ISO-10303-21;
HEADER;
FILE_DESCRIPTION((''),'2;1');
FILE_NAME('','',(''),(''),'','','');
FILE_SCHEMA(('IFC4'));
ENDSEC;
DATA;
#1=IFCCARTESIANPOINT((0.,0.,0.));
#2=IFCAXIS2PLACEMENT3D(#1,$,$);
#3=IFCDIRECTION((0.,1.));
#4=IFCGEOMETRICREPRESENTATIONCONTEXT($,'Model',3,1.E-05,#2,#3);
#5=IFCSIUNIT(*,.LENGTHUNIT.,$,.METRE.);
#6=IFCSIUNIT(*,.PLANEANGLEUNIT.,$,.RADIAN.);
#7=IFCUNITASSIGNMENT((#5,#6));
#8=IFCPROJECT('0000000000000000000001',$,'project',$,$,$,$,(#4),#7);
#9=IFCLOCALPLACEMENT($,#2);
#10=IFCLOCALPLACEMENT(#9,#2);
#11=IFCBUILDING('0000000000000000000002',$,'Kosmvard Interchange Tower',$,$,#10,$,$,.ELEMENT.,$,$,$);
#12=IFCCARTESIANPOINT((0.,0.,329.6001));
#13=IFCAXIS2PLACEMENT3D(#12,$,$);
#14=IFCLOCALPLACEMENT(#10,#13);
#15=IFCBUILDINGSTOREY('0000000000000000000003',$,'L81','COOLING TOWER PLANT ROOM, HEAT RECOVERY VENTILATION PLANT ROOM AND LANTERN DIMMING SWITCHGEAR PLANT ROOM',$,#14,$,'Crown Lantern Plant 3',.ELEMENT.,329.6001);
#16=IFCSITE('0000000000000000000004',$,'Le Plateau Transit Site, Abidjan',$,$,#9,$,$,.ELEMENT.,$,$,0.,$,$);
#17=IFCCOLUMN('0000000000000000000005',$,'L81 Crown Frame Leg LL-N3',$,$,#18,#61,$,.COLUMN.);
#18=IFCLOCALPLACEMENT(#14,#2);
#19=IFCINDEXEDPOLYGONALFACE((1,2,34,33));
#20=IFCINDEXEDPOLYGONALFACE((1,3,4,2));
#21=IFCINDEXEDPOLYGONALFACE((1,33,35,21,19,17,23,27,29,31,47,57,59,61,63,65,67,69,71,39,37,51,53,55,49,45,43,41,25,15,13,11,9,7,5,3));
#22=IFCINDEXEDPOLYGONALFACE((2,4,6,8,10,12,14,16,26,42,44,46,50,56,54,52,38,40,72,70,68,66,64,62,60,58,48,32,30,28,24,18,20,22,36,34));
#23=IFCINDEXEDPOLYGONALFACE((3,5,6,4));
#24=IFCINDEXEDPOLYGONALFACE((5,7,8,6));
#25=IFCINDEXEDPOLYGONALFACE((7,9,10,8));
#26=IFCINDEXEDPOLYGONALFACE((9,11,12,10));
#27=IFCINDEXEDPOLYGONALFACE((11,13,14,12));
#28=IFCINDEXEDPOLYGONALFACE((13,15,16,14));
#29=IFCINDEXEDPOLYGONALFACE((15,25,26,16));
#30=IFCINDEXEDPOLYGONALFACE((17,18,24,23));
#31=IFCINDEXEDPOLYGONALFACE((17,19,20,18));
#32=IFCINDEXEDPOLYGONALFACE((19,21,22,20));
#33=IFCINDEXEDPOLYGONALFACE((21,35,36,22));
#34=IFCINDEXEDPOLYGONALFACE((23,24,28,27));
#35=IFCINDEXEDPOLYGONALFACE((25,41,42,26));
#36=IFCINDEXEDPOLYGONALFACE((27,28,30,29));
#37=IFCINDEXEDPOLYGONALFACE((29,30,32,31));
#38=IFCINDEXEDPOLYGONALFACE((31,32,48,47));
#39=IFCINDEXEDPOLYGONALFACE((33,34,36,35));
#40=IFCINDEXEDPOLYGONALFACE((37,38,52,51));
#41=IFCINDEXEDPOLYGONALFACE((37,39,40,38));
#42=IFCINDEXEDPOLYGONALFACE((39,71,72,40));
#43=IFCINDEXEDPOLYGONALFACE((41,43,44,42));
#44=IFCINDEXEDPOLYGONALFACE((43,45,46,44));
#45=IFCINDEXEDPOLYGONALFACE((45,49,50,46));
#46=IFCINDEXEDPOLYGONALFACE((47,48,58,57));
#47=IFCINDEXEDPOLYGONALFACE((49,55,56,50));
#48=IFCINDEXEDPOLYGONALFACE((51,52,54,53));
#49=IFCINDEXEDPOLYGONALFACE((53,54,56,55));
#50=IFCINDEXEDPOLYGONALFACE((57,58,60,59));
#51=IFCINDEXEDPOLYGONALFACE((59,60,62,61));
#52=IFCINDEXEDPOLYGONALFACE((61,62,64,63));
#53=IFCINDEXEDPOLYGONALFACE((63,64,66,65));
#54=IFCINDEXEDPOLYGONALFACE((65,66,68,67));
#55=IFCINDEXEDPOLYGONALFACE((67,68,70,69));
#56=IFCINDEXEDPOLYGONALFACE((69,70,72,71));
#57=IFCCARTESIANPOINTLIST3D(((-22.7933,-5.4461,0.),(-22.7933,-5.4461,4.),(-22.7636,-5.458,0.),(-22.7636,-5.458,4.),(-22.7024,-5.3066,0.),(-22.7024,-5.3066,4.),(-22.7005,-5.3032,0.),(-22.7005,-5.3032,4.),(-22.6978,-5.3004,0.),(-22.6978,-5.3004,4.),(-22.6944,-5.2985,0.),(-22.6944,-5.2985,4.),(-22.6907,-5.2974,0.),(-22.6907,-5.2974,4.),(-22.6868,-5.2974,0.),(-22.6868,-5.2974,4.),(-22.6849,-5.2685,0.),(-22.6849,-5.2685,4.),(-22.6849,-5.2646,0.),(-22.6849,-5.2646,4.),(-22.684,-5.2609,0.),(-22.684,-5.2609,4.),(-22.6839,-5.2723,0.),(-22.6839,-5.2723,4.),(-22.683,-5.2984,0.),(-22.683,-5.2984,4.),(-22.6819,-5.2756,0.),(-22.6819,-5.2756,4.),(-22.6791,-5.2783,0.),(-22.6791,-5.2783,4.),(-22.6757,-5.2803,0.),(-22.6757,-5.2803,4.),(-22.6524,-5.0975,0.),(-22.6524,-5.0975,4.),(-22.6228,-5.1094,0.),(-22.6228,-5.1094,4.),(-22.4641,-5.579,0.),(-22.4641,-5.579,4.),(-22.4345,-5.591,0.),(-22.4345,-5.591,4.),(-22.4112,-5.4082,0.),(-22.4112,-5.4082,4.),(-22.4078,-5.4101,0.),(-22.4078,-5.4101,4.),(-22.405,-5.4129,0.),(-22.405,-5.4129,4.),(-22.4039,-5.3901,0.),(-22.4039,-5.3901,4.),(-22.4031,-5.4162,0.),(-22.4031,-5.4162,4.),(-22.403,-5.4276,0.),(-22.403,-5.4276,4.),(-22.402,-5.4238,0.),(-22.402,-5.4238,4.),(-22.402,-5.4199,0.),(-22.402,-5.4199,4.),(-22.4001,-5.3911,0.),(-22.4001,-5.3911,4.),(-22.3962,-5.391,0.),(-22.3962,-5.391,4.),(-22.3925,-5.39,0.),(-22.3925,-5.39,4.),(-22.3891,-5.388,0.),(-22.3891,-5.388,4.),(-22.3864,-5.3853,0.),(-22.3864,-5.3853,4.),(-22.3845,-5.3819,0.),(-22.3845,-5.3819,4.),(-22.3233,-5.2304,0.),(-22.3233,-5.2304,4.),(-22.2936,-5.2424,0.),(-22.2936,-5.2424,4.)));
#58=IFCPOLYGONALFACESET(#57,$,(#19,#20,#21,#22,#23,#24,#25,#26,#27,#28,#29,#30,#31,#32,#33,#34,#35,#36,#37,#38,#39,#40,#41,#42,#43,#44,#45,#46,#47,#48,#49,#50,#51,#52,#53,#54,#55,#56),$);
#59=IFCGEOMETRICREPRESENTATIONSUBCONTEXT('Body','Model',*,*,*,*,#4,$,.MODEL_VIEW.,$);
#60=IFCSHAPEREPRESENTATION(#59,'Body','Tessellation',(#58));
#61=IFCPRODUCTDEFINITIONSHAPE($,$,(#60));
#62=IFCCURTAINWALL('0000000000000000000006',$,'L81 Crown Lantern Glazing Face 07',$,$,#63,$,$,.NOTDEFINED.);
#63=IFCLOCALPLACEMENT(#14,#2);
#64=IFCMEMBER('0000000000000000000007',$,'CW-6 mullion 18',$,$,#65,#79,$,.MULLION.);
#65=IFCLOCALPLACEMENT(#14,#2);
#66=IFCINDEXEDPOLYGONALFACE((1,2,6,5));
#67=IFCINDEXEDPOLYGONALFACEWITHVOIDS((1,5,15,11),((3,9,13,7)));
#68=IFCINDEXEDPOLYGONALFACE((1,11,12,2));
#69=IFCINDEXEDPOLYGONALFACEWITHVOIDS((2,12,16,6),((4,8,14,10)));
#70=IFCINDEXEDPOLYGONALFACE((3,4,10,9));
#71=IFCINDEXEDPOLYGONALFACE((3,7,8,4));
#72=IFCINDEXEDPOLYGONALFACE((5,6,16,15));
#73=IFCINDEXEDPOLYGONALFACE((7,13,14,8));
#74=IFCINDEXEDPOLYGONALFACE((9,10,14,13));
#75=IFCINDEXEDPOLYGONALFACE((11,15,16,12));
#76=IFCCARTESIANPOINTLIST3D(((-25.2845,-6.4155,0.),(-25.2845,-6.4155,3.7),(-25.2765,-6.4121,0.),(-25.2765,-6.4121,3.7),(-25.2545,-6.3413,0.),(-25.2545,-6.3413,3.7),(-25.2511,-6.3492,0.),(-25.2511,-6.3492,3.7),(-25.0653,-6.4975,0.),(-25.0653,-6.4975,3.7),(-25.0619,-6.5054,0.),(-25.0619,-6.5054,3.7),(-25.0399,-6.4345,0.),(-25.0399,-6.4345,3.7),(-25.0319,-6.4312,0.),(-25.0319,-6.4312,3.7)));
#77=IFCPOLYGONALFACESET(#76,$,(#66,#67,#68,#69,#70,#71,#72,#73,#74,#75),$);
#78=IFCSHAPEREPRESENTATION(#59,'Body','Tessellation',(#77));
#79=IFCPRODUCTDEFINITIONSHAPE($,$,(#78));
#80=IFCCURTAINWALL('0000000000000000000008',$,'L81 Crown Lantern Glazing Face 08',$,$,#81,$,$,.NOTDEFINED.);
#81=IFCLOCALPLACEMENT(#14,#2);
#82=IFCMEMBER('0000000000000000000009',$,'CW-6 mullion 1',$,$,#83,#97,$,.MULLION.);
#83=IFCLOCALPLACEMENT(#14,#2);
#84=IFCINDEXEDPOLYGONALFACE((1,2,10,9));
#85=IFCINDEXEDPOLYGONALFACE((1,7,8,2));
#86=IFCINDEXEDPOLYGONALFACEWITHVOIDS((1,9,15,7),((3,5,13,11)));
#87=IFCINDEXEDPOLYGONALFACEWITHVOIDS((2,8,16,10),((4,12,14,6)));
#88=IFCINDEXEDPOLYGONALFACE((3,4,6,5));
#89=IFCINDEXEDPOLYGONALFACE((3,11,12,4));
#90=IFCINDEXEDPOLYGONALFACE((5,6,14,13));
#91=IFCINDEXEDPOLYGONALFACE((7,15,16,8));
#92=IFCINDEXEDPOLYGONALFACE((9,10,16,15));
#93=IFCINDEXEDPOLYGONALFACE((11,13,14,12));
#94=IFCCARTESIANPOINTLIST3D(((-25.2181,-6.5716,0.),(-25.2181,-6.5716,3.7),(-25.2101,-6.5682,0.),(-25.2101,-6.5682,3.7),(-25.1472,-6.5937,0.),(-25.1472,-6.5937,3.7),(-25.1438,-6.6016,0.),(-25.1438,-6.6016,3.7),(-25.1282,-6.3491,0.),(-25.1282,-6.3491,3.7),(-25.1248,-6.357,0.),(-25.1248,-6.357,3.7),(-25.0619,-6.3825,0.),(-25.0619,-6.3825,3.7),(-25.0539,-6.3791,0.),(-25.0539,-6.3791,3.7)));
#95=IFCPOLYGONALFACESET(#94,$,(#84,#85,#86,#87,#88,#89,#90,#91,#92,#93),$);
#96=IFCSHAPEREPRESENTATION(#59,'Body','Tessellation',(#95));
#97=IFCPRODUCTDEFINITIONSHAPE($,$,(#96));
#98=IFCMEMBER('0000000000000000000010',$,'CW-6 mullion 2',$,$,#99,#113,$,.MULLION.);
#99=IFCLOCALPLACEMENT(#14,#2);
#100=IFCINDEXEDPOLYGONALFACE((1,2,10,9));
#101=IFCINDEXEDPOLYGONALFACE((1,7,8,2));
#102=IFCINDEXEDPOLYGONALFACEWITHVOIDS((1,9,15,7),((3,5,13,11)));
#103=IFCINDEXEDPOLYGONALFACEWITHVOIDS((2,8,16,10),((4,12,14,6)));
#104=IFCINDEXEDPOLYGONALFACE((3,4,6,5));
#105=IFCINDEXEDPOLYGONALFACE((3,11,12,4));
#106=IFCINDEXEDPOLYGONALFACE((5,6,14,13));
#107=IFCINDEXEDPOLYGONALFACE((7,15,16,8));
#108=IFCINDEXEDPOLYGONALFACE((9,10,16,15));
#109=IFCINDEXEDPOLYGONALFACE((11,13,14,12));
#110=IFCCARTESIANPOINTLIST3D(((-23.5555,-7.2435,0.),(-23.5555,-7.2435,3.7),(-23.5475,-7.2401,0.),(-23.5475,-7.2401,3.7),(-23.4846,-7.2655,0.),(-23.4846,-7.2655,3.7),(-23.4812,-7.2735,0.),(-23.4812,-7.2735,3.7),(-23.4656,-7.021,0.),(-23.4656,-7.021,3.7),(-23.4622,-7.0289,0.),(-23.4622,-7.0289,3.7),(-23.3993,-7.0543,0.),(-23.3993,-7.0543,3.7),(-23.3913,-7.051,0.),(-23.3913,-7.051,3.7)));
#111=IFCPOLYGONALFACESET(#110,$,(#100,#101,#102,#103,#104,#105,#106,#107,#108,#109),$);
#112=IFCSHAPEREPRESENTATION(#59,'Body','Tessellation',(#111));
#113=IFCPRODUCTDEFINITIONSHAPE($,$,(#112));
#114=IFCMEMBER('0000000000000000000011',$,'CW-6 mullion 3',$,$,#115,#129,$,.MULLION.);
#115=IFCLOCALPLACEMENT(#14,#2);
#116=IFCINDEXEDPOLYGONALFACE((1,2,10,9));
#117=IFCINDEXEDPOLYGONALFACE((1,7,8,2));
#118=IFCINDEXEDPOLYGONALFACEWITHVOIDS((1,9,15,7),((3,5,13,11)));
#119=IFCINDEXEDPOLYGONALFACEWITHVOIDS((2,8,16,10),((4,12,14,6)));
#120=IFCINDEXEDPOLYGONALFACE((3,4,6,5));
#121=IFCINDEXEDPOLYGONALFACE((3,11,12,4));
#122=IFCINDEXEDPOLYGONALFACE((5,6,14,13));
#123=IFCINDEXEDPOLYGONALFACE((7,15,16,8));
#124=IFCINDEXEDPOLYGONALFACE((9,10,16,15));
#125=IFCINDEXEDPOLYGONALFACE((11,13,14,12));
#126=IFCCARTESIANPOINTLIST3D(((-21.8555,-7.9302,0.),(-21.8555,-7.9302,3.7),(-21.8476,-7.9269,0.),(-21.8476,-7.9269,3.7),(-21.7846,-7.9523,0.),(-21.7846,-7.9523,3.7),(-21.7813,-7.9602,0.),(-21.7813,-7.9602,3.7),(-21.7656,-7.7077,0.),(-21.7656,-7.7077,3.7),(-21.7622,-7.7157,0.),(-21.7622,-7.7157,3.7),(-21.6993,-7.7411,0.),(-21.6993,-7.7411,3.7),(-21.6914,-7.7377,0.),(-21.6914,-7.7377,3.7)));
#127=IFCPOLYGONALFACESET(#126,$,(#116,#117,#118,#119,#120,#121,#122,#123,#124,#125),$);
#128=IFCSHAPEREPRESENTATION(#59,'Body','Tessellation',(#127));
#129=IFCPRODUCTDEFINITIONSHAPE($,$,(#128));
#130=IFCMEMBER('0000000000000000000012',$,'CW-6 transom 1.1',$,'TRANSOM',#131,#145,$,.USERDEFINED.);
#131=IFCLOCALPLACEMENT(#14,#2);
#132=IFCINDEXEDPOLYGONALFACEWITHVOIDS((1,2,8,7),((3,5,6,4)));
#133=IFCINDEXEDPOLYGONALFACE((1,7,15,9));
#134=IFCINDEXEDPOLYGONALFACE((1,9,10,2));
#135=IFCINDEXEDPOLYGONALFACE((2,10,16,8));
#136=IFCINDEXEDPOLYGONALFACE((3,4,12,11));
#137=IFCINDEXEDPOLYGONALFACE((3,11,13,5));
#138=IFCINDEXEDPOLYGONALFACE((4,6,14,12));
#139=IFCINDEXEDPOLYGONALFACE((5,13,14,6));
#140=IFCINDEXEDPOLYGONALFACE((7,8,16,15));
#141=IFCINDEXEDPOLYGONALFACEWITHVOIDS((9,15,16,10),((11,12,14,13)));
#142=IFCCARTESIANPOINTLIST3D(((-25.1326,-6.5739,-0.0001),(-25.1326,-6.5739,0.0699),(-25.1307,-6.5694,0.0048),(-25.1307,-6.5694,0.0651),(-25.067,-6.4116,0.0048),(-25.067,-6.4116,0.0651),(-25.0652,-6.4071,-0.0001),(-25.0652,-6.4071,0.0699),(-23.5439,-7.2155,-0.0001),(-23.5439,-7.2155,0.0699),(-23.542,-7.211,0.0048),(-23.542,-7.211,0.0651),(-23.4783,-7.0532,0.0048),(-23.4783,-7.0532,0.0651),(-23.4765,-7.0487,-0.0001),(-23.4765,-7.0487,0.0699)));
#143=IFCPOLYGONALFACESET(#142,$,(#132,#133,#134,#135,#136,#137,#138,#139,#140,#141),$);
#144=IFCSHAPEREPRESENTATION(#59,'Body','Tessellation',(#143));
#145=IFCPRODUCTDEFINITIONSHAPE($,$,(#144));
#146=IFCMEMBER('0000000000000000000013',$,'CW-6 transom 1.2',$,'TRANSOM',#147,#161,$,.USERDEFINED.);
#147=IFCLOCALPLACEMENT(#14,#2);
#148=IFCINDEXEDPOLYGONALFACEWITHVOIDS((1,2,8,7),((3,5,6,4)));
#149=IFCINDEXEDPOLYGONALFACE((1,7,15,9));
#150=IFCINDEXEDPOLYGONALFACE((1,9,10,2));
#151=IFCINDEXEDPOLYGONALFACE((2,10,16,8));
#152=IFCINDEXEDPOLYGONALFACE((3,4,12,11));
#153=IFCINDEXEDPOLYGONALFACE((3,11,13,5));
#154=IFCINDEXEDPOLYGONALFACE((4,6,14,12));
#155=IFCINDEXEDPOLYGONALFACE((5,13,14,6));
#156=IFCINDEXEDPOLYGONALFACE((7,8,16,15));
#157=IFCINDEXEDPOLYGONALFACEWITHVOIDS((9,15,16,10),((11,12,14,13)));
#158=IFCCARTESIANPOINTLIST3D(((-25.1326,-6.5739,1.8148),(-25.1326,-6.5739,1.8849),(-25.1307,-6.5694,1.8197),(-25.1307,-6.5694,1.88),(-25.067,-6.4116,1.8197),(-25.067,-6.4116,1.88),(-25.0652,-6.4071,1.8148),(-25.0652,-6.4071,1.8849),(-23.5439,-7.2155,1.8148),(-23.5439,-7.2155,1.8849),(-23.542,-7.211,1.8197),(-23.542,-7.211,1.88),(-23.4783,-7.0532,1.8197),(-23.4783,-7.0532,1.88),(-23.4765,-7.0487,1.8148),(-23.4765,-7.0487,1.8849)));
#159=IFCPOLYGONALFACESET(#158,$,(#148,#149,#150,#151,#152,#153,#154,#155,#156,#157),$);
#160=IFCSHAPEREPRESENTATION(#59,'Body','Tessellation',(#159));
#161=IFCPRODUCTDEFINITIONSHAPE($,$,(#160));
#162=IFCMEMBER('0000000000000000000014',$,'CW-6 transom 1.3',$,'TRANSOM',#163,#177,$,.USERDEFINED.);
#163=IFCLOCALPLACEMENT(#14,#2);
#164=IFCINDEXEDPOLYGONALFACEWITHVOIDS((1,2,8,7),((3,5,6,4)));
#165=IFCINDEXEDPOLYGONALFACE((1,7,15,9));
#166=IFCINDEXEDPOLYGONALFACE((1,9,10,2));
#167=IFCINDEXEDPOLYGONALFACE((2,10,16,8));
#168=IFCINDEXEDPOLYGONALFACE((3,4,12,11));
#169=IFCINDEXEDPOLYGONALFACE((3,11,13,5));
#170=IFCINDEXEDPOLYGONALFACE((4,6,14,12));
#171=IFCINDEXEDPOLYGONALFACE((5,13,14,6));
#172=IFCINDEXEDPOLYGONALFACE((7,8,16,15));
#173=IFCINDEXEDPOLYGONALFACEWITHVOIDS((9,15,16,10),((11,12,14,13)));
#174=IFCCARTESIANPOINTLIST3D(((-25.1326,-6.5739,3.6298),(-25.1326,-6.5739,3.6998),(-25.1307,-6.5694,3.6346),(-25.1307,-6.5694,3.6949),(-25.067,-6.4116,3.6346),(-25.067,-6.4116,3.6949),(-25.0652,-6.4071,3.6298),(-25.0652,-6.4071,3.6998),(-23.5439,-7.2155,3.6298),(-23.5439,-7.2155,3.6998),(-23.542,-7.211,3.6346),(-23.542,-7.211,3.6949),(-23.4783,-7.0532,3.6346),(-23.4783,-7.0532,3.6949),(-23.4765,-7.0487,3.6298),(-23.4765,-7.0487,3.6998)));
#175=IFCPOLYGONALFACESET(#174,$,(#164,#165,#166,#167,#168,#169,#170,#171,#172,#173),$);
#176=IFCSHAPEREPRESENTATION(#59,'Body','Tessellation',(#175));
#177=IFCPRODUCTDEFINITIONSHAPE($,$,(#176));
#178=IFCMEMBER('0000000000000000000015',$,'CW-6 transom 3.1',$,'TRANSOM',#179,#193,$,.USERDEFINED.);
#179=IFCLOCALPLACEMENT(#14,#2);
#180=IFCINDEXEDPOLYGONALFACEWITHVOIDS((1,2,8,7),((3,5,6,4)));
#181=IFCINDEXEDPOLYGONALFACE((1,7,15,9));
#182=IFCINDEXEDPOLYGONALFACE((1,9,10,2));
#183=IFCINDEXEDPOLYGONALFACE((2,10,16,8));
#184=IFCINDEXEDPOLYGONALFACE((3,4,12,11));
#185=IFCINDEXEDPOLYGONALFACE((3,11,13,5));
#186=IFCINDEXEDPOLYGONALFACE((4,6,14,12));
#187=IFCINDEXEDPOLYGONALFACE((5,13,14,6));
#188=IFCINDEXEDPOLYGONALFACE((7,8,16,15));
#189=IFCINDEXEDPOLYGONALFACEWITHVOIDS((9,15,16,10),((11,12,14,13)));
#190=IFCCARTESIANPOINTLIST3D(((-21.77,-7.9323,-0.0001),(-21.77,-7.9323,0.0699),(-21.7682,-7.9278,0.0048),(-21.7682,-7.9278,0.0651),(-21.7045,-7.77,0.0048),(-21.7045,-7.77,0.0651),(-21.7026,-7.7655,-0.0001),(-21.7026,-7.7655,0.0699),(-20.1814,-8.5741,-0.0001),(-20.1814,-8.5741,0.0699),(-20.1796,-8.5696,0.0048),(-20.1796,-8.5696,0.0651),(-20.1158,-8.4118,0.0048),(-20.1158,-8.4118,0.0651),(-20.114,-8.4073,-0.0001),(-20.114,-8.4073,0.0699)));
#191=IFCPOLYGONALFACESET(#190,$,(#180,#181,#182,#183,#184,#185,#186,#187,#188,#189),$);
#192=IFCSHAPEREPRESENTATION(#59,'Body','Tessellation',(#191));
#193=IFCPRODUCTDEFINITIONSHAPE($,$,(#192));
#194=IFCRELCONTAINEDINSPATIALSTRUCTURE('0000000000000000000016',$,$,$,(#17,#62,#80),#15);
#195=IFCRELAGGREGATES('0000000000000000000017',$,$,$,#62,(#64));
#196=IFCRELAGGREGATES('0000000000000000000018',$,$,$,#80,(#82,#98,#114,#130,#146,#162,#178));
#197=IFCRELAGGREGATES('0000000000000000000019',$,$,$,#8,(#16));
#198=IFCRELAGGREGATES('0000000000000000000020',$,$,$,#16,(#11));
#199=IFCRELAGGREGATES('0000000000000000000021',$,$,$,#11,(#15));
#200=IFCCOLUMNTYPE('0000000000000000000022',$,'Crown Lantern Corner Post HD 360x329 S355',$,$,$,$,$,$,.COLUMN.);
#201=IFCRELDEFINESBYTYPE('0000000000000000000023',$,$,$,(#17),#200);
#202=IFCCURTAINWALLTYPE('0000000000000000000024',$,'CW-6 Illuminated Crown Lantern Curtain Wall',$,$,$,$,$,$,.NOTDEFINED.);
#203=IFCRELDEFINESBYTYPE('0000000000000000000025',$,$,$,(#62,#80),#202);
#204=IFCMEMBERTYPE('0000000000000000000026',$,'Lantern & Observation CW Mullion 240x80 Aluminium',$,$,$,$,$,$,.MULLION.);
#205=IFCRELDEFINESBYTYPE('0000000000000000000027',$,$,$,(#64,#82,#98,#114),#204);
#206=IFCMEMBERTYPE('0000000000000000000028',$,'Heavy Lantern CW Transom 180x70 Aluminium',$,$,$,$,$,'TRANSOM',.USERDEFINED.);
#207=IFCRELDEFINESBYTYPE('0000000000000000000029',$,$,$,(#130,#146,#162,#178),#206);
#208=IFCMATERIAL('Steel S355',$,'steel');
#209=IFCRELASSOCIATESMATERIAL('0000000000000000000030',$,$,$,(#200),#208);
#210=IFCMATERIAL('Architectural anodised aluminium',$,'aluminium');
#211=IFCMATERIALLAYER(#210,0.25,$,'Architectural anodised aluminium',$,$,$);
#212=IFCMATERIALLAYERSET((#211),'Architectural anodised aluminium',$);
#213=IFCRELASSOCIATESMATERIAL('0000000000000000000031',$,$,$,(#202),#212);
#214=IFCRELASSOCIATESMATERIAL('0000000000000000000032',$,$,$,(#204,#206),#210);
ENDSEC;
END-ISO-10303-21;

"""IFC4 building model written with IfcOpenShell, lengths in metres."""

from ifc_helpers import new_model, si_unit, direction, frame, origin, origin_2d, place, context, subcontext, project, spatial, hollow_rectangle, i_section, extrude, source, transform, mapped, material, layer, layer_set, material_profile, profile_set, type_object, element, aggregate, save


model = new_model("IFC4")

# Units and contexts
model_context = context("Model", 3, precision=1e-05, world=origin(), true_north=direction((0.0, 1.0)))
body_context = subcontext(model_context, "Body", "Model", "MODEL_VIEW")
ifc_project = project(units=[si_unit("LENGTHUNIT", "METRE"), si_unit("PLANEANGLEUNIT", "RADIAN")], contexts=[model_context])

# Site, building, storey
site_placement = place(None, origin())
site = spatial("IfcSite", under=ifc_project, at=site_placement, Name="Le Plateau Transit Site, Abidjan", CompositionType="ELEMENT", RefElevation=0.0)
building_placement = place(site_placement, origin())
building = spatial("IfcBuilding", under=site, at=building_placement, Name="Kosmvard Interchange Tower", CompositionType="ELEMENT")
storey_placement = place(building_placement, frame((0.0, 0.0, 329.6001)))
storey = spatial("IfcBuildingStorey", under=building, at=storey_placement, Name="L81", Description="COOLING TOWER PLANT ROOM, HEAT RECOVERY VENTILATION PLANT ROOM AND LANTERN DIMMING SWITCHGEAR PLANT ROOM", LongName="Crown Lantern Plant 3", CompositionType="ELEMENT", Elevation=329.6001)

# Column
ifc_material_1 = material(Name="Steel S355", Category="steel")
ifc_material_profile_1 = material_profile(ifc_material_1, i_section(OverallWidth=0.376, OverallDepth=0.387, WebThickness=0.0195, FlangeThickness=0.032, FilletRadius=0.0149, at=origin_2d()), Name="HD 360x329")
ifc_profile_set_1 = profile_set([ifc_material_profile_1], Name="Steel S355")
column_type = type_object("IfcColumnType", Name="Crown Lantern Corner Post HD 360x329 S355", PredefinedType="COLUMN", material=ifc_profile_set_1)
shared_shape_1 = source(origin(), body_context, "Body", "SweptSolid", [
    extrude(i_section(OverallWidth=0.376, OverallDepth=0.387, WebThickness=0.0195, FlangeThickness=0.032, FilletRadius=0.0149, at=origin_2d()), origin(), (0.0, 0.0, 1.0), 4.0),
])
column_placement = place(storey_placement, frame((-22.5435, -5.3442, 0.0), z_axis=(0.0, 0.0, 1.0), x_axis=(0.374607, 0.927184, 0.0)))
element("IfcColumn", 1, at=column_placement, inside=storey, type_object=column_type, Name="L81 Crown Frame Leg LL-N3", PredefinedType="COLUMN", context=body_context, shape_type="MappedRepresentation", body=[
    mapped(shared_shape_1, transform((0.0, 0.0, 0.0), scale=1.0)),
])

# Curtain wall, member
ifc_material_2 = material(Name="Architectural anodised aluminium", Category="aluminium")
ifc_layer_1 = layer(ifc_material_2, 0.25, Name="Architectural anodised aluminium")
ifc_layer_set_1 = layer_set([ifc_layer_1], Name="Architectural anodised aluminium")
curtain_wall_type = type_object("IfcCurtainWallType", Name="CW-6 Illuminated Crown Lantern Curtain Wall", PredefinedType="NOTDEFINED", material=ifc_layer_set_1)
curtain_wall_1_placement = place(storey_placement, origin())
curtain_wall_1 = element("IfcCurtainWall", 2, at=curtain_wall_1_placement, inside=storey, type_object=curtain_wall_type, Name="L81 Crown Lantern Glazing Face 07", PredefinedType="NOTDEFINED")
ifc_material_profile_2 = material_profile(ifc_material_2, hollow_rectangle(XDim=0.24, YDim=0.0801, WallThickness=0.0061, at=origin_2d()), Name="CWM 240x80x6")
ifc_profile_set_2 = profile_set([ifc_material_profile_2], Name="Architectural anodised aluminium")
member_type_1 = type_object("IfcMemberType", Name="Lantern & Observation CW Mullion 240x80 Aluminium", PredefinedType="MULLION", material=ifc_profile_set_2)
shared_shape_2 = source(origin(), body_context, "Body", "SweptSolid", [
    extrude(hollow_rectangle(XDim=0.24, YDim=0.0801, WallThickness=0.0061, at=origin_2d()), origin(), (0.0, 0.0, 1.0), 3.7),
])
member_1_placement = place(storey_placement, frame((-25.1582, -6.4233, 0.0), z_axis=(0.0, 0.0, 1.0), x_axis=(0.927184, -0.374607, 0.0)))
member_1 = element("IfcMember", 3, at=member_1_placement, type_object=member_type_1, Name="CW-6 mullion 18", PredefinedType="MULLION", context=body_context, shape_type="MappedRepresentation", body=[
    mapped(shared_shape_2, transform((0.0, 0.0, 0.0), scale=1.0)),
])

# Curtain wall, members
curtain_wall_2_placement = place(storey_placement, origin())
curtain_wall_2 = element("IfcCurtainWall", 4, at=curtain_wall_2_placement, inside=storey, type_object=curtain_wall_type, Name="L81 Crown Lantern Glazing Face 08", PredefinedType="NOTDEFINED")
member_2_placement = place(storey_placement, frame((-25.136, -6.4753, 0.0), z_axis=(0.0, 0.0, 1.0), x_axis=(0.374607, 0.927184, 0.0)))
member_2 = element("IfcMember", 5, at=member_2_placement, type_object=member_type_1, Name="CW-6 mullion 1", PredefinedType="MULLION", context=body_context, shape_type="MappedRepresentation", body=[
    mapped(shared_shape_2, transform((0.0, 0.0, 0.0), scale=1.0)),
])
member_3_placement = place(storey_placement, frame((-23.4734, -7.1472, 0.0), z_axis=(0.0, 0.0, 1.0), x_axis=(0.374607, 0.927184, 0.0)))
member_3 = element("IfcMember", 6, at=member_3_placement, type_object=member_type_1, Name="CW-6 mullion 2", PredefinedType="MULLION", context=body_context, shape_type="MappedRepresentation", body=[
    mapped(shared_shape_2, transform((0.0, 0.0, 0.0), scale=1.0)),
])
member_4_placement = place(storey_placement, frame((-21.7734, -7.834, 0.0), z_axis=(0.0, 0.0, 1.0), x_axis=(0.374607, 0.927184, 0.0)))
member_4 = element("IfcMember", 7, at=member_4_placement, type_object=member_type_1, Name="CW-6 mullion 3", PredefinedType="MULLION", context=body_context, shape_type="MappedRepresentation", body=[
    mapped(shared_shape_2, transform((0.0, 0.0, 0.0), scale=1.0)),
])
ifc_material_profile_3 = material_profile(ifc_material_2, hollow_rectangle(XDim=0.1799, YDim=0.0701, WallThickness=0.0049, at=origin_2d()), Name="CWT 180x70x5")
ifc_profile_set_3 = profile_set([ifc_material_profile_3], Name="Architectural anodised aluminium")
member_type_2 = type_object("IfcMemberType", Name="Heavy Lantern CW Transom 180x70 Aluminium", ElementType="TRANSOM", PredefinedType="USERDEFINED", material=ifc_profile_set_3)
shared_shape_3 = source(origin(), body_context, "Body", "SweptSolid", [
    extrude(hollow_rectangle(XDim=0.1799, YDim=0.0701, WallThickness=0.0049, at=origin_2d()), origin(), (0.0, 0.0, 1.0), 1.7134),
])
member_5_placement = place(storey_placement, frame((-25.0989, -6.4905, 0.0349), z_axis=(0.927233, -0.374484, 0.0), x_axis=(0.374484, 0.927233, 0.0)))
member_5 = element("IfcMember", 8, at=member_5_placement, type_object=member_type_2, Name="CW-6 transom 1.1", ObjectType="TRANSOM", PredefinedType="USERDEFINED", context=body_context, shape_type="MappedRepresentation", body=[
    mapped(shared_shape_3, transform((0.0, 0.0, 0.0), scale=1.0)),
])
member_6_placement = place(storey_placement, frame((-25.0989, -6.4905, 1.8499), z_axis=(0.927233, -0.374484, 0.0), x_axis=(0.374484, 0.927233, 0.0)))
member_6 = element("IfcMember", 9, at=member_6_placement, type_object=member_type_2, Name="CW-6 transom 1.2", ObjectType="TRANSOM", PredefinedType="USERDEFINED", context=body_context, shape_type="MappedRepresentation", body=[
    mapped(shared_shape_3, transform((0.0, 0.0, 0.0), scale=1.0)),
])
member_7_placement = place(storey_placement, frame((-25.0989, -6.4905, 3.6648), z_axis=(0.927233, -0.374484, 0.0), x_axis=(0.374484, 0.927233, 0.0)))
member_7 = element("IfcMember", 10, at=member_7_placement, type_object=member_type_2, Name="CW-6 transom 1.3", ObjectType="TRANSOM", PredefinedType="USERDEFINED", context=body_context, shape_type="MappedRepresentation", body=[
    mapped(shared_shape_3, transform((0.0, 0.0, 0.0), scale=1.0)),
])
member_8_placement = place(storey_placement, frame((-21.7363, -7.8489, 0.0349), z_axis=(0.927184, -0.374607, 0.0), x_axis=(0.374607, 0.927184, 0.0)))
member_8 = element("IfcMember", 11, at=member_8_placement, type_object=member_type_2, Name="CW-6 transom 3.1", ObjectType="TRANSOM", PredefinedType="USERDEFINED", context=body_context, shape_type="MappedRepresentation", body=[
    mapped(shared_shape_3, transform((0.0, 0.0, 0.0), scale=1.0)),
])

aggregate(curtain_wall_1, [member_1])
aggregate(curtain_wall_2, [member_2, member_3, member_4, member_5, member_6, member_7, member_8])

save(model, "model.ifc")
